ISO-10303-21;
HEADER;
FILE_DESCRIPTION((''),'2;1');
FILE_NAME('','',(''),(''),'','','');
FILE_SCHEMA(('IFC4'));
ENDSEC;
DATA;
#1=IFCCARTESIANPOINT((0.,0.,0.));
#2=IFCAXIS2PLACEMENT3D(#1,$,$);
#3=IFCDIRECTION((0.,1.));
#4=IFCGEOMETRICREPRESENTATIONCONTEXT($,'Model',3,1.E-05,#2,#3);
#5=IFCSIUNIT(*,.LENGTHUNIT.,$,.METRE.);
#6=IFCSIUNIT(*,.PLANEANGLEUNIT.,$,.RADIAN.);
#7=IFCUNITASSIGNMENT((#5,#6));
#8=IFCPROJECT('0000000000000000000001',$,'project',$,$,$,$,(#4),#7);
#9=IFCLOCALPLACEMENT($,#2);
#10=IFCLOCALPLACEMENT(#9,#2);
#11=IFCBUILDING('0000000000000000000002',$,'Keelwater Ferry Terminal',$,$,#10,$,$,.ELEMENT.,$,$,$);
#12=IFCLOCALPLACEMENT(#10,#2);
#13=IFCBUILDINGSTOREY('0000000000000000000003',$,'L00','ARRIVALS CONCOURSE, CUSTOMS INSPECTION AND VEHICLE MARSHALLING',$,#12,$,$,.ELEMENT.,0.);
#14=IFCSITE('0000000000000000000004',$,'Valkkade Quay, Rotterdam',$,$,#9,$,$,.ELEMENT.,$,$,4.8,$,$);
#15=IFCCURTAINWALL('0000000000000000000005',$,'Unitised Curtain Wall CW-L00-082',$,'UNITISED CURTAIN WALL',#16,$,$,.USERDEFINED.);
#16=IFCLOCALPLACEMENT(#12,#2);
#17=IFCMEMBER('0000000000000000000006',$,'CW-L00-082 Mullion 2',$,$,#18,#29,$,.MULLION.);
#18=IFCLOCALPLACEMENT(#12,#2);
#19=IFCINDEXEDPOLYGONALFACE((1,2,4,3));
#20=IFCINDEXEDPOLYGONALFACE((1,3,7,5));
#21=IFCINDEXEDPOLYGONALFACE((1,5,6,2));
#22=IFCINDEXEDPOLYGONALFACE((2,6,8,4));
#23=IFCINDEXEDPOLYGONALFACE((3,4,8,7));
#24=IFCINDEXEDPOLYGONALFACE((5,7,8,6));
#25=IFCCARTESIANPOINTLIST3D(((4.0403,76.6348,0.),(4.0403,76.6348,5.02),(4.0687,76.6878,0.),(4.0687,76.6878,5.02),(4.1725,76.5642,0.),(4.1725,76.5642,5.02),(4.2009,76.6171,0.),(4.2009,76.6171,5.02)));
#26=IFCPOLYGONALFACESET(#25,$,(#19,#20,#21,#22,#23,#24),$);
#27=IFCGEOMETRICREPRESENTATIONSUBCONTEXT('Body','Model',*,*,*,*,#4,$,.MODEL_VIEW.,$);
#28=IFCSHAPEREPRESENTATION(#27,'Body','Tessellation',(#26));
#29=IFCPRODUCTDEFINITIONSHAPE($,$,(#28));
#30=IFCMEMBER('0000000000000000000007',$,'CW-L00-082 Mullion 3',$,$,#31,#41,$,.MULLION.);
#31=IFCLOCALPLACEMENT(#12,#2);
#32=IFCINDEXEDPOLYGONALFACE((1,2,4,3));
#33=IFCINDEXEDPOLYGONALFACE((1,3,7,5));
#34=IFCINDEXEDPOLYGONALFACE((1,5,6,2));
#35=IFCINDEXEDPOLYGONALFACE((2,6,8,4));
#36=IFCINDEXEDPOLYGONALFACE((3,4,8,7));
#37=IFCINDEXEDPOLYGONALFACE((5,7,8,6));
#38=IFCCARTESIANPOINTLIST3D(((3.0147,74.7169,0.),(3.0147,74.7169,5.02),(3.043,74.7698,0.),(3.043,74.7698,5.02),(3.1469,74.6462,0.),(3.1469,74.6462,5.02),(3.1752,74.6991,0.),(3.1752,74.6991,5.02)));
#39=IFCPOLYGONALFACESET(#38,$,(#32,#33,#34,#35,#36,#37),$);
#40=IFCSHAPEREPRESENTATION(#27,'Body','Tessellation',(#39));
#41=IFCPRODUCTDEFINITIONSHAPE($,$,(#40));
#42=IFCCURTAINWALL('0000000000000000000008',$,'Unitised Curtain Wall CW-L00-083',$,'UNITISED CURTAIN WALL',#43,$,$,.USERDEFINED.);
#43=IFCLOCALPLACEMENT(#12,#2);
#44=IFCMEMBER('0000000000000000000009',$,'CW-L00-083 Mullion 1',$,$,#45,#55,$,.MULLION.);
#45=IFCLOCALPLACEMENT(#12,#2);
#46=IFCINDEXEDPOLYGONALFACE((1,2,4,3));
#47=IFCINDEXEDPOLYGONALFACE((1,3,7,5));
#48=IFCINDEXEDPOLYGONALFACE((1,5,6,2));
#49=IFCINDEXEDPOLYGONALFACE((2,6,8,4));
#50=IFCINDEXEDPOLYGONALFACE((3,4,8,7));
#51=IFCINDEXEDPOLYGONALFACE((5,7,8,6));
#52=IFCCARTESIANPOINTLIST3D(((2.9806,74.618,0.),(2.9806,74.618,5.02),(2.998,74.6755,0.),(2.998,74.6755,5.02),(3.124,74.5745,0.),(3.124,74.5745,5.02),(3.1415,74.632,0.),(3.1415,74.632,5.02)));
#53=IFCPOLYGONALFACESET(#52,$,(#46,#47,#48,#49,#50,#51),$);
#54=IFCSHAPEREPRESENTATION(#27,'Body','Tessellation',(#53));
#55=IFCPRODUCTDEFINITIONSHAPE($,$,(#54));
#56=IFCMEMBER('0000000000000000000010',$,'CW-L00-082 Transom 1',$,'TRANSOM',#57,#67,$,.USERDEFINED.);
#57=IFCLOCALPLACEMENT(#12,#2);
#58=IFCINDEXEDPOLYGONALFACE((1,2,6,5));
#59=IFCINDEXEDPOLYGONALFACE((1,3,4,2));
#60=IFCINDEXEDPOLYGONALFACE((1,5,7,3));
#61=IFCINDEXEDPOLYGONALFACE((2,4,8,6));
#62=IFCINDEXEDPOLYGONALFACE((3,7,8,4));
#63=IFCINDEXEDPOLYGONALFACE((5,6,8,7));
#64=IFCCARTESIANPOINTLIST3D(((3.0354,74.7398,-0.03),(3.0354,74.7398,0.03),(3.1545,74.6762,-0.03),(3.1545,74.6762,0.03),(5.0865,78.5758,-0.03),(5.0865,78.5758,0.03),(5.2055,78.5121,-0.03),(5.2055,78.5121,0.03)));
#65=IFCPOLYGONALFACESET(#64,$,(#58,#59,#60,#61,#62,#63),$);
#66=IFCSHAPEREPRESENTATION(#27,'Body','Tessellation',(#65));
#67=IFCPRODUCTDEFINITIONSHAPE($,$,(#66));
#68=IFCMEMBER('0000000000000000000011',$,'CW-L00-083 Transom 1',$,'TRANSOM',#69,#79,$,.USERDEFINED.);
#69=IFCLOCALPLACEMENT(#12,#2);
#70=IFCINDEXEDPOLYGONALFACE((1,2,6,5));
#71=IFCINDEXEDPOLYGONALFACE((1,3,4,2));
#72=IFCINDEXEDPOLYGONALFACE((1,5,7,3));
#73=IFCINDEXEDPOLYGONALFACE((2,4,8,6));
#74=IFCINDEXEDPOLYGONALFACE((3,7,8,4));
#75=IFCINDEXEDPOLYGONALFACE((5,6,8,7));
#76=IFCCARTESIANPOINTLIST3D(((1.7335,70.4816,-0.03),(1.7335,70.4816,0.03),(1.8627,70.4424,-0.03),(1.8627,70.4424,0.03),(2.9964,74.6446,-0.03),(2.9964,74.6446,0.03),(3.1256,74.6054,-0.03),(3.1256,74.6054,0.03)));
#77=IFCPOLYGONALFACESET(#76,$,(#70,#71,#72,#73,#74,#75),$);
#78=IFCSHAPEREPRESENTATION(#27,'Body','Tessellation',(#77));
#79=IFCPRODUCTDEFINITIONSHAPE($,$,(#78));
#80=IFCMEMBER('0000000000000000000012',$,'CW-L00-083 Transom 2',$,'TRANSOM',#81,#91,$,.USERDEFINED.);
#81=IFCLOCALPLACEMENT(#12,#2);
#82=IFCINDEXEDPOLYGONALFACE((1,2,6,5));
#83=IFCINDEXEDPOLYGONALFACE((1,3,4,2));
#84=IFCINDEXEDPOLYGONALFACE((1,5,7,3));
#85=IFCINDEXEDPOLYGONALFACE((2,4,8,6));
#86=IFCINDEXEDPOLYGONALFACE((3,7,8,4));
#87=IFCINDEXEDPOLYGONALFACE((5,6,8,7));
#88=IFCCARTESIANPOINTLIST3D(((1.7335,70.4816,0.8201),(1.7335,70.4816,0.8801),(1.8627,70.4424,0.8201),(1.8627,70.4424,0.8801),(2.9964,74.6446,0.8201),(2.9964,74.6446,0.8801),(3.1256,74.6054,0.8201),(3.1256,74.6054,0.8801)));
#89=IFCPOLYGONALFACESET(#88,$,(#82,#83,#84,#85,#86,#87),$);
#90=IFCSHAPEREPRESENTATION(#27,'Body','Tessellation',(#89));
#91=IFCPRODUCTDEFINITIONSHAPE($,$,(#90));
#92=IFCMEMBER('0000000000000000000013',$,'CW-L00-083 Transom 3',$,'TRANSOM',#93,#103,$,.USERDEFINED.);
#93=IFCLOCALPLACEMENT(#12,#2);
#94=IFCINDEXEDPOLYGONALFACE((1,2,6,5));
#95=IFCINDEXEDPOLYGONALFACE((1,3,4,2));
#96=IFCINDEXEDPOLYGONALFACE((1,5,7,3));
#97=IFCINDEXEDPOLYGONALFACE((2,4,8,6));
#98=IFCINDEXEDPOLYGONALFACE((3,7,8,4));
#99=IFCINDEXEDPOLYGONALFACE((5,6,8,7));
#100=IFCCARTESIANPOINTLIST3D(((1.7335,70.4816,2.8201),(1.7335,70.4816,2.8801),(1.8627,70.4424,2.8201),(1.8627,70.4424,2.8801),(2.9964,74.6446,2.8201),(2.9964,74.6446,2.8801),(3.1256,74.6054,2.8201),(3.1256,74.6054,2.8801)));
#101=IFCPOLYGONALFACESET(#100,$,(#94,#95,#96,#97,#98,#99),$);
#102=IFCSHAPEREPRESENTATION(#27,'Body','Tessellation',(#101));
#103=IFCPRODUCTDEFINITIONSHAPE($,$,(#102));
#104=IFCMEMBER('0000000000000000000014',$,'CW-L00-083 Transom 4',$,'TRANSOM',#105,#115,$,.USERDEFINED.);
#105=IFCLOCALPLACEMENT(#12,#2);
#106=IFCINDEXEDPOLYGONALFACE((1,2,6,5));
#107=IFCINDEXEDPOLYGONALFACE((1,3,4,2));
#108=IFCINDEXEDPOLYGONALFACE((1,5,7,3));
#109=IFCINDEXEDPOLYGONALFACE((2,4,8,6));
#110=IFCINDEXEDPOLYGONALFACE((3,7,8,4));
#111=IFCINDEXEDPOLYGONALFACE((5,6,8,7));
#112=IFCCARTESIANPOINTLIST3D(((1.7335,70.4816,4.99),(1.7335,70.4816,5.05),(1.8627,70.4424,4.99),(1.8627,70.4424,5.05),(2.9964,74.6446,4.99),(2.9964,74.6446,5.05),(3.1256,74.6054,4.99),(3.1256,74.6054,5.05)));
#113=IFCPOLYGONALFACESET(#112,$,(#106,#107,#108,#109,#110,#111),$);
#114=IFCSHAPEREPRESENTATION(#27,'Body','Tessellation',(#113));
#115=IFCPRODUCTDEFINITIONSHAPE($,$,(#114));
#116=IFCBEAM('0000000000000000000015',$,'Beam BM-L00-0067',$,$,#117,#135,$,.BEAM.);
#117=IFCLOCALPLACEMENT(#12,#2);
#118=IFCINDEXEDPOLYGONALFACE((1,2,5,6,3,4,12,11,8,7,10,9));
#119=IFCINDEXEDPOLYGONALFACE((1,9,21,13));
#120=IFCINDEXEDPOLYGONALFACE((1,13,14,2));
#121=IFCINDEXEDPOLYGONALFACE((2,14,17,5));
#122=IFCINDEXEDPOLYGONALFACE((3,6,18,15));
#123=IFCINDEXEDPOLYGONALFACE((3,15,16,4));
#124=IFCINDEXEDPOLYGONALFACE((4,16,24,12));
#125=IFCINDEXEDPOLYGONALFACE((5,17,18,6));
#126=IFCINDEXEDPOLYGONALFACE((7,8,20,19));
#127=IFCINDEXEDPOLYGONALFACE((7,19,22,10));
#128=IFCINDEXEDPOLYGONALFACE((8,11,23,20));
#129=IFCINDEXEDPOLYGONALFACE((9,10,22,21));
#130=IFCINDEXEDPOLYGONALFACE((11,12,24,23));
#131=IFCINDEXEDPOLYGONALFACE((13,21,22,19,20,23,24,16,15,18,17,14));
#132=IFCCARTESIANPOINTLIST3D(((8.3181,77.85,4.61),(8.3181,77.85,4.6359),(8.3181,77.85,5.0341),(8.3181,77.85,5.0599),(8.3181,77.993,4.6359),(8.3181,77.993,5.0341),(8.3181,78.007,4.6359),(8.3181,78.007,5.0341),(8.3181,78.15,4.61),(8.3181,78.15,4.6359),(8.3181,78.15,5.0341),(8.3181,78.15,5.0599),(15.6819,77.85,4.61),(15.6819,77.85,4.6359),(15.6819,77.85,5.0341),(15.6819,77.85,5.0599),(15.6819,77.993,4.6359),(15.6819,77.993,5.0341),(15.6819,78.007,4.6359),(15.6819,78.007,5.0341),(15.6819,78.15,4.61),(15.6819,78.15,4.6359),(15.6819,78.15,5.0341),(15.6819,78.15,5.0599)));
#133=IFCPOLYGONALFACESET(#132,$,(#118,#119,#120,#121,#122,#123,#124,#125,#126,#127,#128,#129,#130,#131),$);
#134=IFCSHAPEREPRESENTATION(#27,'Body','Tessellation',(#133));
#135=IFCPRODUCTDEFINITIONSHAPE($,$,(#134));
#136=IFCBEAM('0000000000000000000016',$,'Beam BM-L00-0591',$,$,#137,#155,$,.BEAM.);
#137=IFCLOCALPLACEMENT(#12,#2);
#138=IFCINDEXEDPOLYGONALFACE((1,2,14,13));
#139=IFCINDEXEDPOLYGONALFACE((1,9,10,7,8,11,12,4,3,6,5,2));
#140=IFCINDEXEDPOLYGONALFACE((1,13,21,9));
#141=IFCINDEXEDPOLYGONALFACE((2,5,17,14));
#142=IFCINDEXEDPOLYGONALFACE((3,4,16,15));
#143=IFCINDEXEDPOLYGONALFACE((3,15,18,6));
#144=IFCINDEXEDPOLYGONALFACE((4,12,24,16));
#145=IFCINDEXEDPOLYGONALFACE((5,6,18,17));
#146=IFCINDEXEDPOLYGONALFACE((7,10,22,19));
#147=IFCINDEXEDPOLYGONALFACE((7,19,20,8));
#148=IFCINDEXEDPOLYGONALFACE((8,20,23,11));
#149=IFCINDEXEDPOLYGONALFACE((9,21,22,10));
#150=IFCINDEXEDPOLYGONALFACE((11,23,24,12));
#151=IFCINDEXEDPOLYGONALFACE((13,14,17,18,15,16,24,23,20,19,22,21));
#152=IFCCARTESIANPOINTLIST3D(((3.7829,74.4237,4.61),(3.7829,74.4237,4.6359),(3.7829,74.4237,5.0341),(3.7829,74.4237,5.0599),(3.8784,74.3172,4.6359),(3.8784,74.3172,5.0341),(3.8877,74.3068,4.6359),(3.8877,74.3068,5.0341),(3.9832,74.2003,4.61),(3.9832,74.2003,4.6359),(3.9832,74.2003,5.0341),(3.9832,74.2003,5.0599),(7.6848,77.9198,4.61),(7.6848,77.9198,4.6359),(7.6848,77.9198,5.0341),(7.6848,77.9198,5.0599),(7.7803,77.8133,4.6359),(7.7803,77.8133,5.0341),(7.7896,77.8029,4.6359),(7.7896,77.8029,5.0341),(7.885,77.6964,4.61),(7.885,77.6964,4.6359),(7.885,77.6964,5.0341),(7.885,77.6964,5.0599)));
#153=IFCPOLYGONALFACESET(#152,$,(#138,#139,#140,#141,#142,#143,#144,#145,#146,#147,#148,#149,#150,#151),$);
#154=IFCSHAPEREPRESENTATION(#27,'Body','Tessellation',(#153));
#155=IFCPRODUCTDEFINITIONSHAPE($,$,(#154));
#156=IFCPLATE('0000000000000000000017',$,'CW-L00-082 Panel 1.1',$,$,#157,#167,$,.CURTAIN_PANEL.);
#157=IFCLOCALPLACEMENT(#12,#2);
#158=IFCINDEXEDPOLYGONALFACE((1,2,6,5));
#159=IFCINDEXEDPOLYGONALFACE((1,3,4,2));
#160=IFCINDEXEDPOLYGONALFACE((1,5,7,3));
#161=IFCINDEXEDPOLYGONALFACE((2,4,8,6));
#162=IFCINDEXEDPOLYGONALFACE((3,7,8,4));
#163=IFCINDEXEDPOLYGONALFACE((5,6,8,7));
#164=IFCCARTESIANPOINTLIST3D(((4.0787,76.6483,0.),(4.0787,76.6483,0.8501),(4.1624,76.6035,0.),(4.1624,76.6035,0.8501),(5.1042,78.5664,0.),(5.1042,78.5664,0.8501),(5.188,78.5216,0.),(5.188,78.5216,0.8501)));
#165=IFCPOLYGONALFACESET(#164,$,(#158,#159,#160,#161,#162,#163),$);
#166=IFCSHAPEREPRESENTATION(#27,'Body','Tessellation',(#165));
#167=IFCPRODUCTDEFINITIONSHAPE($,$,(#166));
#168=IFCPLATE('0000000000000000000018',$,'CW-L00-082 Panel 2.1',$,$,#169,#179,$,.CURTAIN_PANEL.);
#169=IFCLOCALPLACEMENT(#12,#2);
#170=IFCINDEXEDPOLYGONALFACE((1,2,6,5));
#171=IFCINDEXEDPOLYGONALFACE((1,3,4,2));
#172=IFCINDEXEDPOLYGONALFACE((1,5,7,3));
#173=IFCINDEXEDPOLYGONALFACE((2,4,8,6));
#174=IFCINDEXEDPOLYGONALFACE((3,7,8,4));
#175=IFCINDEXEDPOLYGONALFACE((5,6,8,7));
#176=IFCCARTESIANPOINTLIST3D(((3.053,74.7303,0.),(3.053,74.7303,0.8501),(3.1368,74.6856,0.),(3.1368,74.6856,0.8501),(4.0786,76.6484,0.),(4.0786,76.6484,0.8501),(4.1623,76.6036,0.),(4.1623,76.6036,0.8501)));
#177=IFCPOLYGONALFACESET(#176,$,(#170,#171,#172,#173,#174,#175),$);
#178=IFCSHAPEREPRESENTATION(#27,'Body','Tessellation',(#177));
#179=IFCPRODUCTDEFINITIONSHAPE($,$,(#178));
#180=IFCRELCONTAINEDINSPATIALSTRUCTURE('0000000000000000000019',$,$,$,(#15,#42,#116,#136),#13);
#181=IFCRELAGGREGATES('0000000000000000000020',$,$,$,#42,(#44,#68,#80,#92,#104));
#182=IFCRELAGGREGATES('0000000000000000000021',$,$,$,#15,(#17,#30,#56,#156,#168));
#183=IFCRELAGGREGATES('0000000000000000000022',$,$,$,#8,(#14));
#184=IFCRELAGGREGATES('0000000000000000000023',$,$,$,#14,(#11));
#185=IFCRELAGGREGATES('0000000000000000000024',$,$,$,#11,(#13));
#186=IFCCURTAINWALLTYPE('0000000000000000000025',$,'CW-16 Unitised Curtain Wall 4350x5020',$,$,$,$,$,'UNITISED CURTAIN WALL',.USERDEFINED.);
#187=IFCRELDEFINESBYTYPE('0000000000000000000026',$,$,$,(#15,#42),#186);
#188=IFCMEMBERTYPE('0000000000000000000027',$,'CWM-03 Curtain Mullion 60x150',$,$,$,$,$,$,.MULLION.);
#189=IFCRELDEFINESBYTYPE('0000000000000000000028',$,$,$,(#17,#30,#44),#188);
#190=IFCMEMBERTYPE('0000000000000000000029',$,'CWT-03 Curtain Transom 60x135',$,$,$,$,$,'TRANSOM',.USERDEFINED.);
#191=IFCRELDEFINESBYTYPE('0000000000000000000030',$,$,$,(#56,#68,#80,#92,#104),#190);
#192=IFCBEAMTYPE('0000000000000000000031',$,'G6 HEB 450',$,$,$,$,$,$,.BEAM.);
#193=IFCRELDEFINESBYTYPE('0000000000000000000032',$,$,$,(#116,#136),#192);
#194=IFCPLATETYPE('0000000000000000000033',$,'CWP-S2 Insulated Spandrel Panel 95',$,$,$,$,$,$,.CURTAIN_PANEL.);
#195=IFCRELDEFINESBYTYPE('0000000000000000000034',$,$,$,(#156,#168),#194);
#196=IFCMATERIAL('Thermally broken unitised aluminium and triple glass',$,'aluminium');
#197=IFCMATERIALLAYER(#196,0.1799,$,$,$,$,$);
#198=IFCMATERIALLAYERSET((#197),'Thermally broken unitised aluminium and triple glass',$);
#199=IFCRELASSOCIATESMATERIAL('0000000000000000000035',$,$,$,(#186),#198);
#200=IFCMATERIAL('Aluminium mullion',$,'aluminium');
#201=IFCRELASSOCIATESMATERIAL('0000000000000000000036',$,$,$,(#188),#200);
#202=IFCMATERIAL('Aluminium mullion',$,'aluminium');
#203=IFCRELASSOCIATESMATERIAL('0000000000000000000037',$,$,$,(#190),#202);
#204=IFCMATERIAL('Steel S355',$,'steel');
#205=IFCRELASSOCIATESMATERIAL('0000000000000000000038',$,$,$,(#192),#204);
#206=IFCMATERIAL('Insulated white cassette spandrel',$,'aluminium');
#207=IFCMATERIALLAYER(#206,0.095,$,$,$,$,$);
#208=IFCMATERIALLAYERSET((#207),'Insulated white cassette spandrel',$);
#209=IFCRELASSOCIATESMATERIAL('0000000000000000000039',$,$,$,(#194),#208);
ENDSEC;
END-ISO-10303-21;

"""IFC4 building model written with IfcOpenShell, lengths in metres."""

from ifc_helpers import new_model, si_unit, direction, frame, origin, origin_2d, place, context, subcontext, project, spatial, rectangle, i_section, extrude, material, layer, layer_set, material_profile, profile_set, type_object, element, aggregate, save


model = new_model("IFC4")

# Units and contexts
model_context = context("Model", 3, precision=1e-05, world=origin(), true_north=direction((0.0, 1.0)))
body_context = subcontext(model_context, "Body", "Model", "MODEL_VIEW")
ifc_project = project(units=[si_unit("LENGTHUNIT", "METRE"), si_unit("PLANEANGLEUNIT", "RADIAN")], contexts=[model_context])

# Site, building, storey
site_placement = place(None, origin())
site = spatial("IfcSite", under=ifc_project, at=site_placement, Name="Valkkade Quay, Rotterdam", CompositionType="ELEMENT", RefElevation=4.8)
building_placement = place(site_placement, origin())
building = spatial("IfcBuilding", under=site, at=building_placement, Name="Keelwater Ferry Terminal", CompositionType="ELEMENT")
storey_placement = place(building_placement, origin())
storey = spatial("IfcBuildingStorey", under=building, at=storey_placement, Name="L00", Description="ARRIVALS CONCOURSE, CUSTOMS INSPECTION AND VEHICLE MARSHALLING", CompositionType="ELEMENT", Elevation=0.0)

# Curtain wall, members
ifc_material_1 = material(Name="Thermally broken unitised aluminium and triple glass", Category="aluminium")
ifc_layer_1 = layer(ifc_material_1, 0.1799)
ifc_layer_set_1 = layer_set([ifc_layer_1], Name="Thermally broken unitised aluminium and triple glass")
curtain_wall_type = type_object("IfcCurtainWallType", Name="CW-16 Unitised Curtain Wall 4350x5020", ElementType="UNITISED CURTAIN WALL", PredefinedType="USERDEFINED", material=ifc_layer_set_1)
curtain_wall_1_placement = place(storey_placement, origin())
curtain_wall_1 = element("IfcCurtainWall", 1, at=curtain_wall_1_placement, inside=storey, type_object=curtain_wall_type, Name="Unitised Curtain Wall CW-L00-082", ObjectType="UNITISED CURTAIN WALL", PredefinedType="USERDEFINED")
ifc_material_2 = material(Name="Aluminium mullion", Category="aluminium")
ifc_material_profile_1 = material_profile(ifc_material_2, rectangle(XDim=0.0601, YDim=0.1499, at=origin_2d()), Name="CWM-03")
ifc_profile_set_1 = profile_set([ifc_material_profile_1], Name="Aluminium mullion")
member_type_1 = type_object("IfcMemberType", Name="CWM-03 Curtain Mullion 60x150", PredefinedType="MULLION", material=ifc_profile_set_1)
member_1_placement = place(storey_placement, frame((4.1206, 76.626, 0.0), z_axis=(0.0, 0.0, 1.0), x_axis=(-0.471507, -0.881862, 0.0)))
member_1 = element("IfcMember", 2, at=member_1_placement, type_object=member_type_1, Name="CW-L00-082 Mullion 2", PredefinedType="MULLION", context=body_context, shape_type="SweptSolid", body=[
    extrude(rectangle(XDim=0.0601, YDim=0.1499, at=origin_2d()), origin(), (0.0, 0.0, 1.0), 5.02),
])
member_2_placement = place(storey_placement, frame((3.095, 74.708, 0.0), z_axis=(0.0, 0.0, 1.0), x_axis=(-0.471507, -0.881862, 0.0)))
member_2 = element("IfcMember", 3, at=member_2_placement, type_object=member_type_1, Name="CW-L00-082 Mullion 3", PredefinedType="MULLION", context=body_context, shape_type="SweptSolid", body=[
    extrude(rectangle(XDim=0.0601, YDim=0.1499, at=origin_2d()), origin(), (0.0, 0.0, 1.0), 5.02),
])

# Curtain wall, member
curtain_wall_2_placement = place(storey_placement, origin())
curtain_wall_2 = element("IfcCurtainWall", 4, at=curtain_wall_2_placement, inside=storey, type_object=curtain_wall_type, Name="Unitised Curtain Wall CW-L00-083", ObjectType="UNITISED CURTAIN WALL", PredefinedType="USERDEFINED")
member_3_placement = place(storey_placement, frame((3.061, 74.625, 0.0), z_axis=(0.0, 0.0, 1.0), x_axis=(-0.29032, -0.95693, 0.0)))
member_3 = element("IfcMember", 5, at=member_3_placement, type_object=member_type_1, Name="CW-L00-083 Mullion 1", PredefinedType="MULLION", context=body_context, shape_type="SweptSolid", body=[
    extrude(rectangle(XDim=0.0601, YDim=0.1499, at=origin_2d()), origin(), (0.0, 0.0, 1.0), 5.02),
])

# Members
ifc_material_3 = material(Name="Aluminium mullion", Category="aluminium")
ifc_material_profile_2 = material_profile(ifc_material_3, rectangle(XDim=0.135, YDim=0.0601, at=origin_2d()), Name="CWT-03")
ifc_profile_set_2 = profile_set([ifc_material_profile_2], Name="Aluminium mullion")
member_type_2 = type_object("IfcMemberType", Name="CWT-03 Curtain Transom 60x135", ElementType="TRANSOM", PredefinedType="USERDEFINED", material=ifc_profile_set_2)
member_4_placement = place(storey_placement, frame((5.146, 78.5439, 0.0), z_axis=(-0.471517, -0.881857, 0.0), x_axis=(0.881857, -0.471517, 0.0)))
member_4 = element("IfcMember", 6, at=member_4_placement, type_object=member_type_2, Name="CW-L00-082 Transom 1", ObjectType="TRANSOM", PredefinedType="USERDEFINED", context=body_context, shape_type="SweptSolid", body=[
    extrude(rectangle(XDim=0.135, YDim=0.0601, at=origin_2d()), origin(), (0.0, 0.0, 1.0), 4.3499),
])
member_5_placement = place(storey_placement, frame((3.061, 74.625, 0.0), z_axis=(-0.290302, -0.956935, 0.0), x_axis=(0.956935, -0.290302, 0.0)))
member_5 = element("IfcMember", 7, at=member_5_placement, type_object=member_type_2, Name="CW-L00-083 Transom 1", ObjectType="TRANSOM", PredefinedType="USERDEFINED", context=body_context, shape_type="SweptSolid", body=[
    extrude(rectangle(XDim=0.135, YDim=0.0601, at=origin_2d()), origin(), (0.0, 0.0, 1.0), 4.3503),
])
member_6_placement = place(storey_placement, frame((3.061, 74.625, 0.8501), z_axis=(-0.290302, -0.956935, 0.0), x_axis=(0.956935, -0.290302, 0.0)))
member_6 = element("IfcMember", 8, at=member_6_placement, type_object=member_type_2, Name="CW-L00-083 Transom 2", ObjectType="TRANSOM", PredefinedType="USERDEFINED", context=body_context, shape_type="SweptSolid", body=[
    extrude(rectangle(XDim=0.135, YDim=0.0601, at=origin_2d()), origin(), (0.0, 0.0, 1.0), 4.3503),
])
member_7_placement = place(storey_placement, frame((3.061, 74.625, 2.8501), z_axis=(-0.290302, -0.956935, 0.0), x_axis=(0.956935, -0.290302, 0.0)))
member_7 = element("IfcMember", 9, at=member_7_placement, type_object=member_type_2, Name="CW-L00-083 Transom 3", ObjectType="TRANSOM", PredefinedType="USERDEFINED", context=body_context, shape_type="SweptSolid", body=[
    extrude(rectangle(XDim=0.135, YDim=0.0601, at=origin_2d()), origin(), (0.0, 0.0, 1.0), 4.3503),
])
member_8_placement = place(storey_placement, frame((3.061, 74.625, 5.02), z_axis=(-0.290302, -0.956935, 0.0), x_axis=(0.956935, -0.290302, 0.0)))
member_8 = element("IfcMember", 10, at=member_8_placement, type_object=member_type_2, Name="CW-L00-083 Transom 4", ObjectType="TRANSOM", PredefinedType="USERDEFINED", context=body_context, shape_type="SweptSolid", body=[
    extrude(rectangle(XDim=0.135, YDim=0.0601, at=origin_2d()), origin(), (0.0, 0.0, 1.0), 4.3503),
])
aggregate(curtain_wall_2, [member_3, member_5, member_6, member_7, member_8])

# Beams
ifc_material_4 = material(Name="Steel S355", Category="steel")
ifc_material_profile_3 = material_profile(ifc_material_4, i_section(OverallWidth=0.3, OverallDepth=0.45, WebThickness=0.0139, FlangeThickness=0.0259, at=origin_2d()), Name="HEB 450")
ifc_profile_set_3 = profile_set([ifc_material_profile_3], Name="Steel S355")
beam_type = type_object("IfcBeamType", Name="G6 HEB 450", PredefinedType="BEAM", material=ifc_profile_set_3)
beam_1_placement = place(storey_placement, frame((8.3181, 78.0, 4.835), z_axis=(1.0, 0.0, 0.0), x_axis=(0.0, 1.0, 0.0)))
element("IfcBeam", 11, at=beam_1_placement, inside=storey, type_object=beam_type, Name="Beam BM-L00-0067", PredefinedType="BEAM", context=body_context, shape_type="SweptSolid", body=[
    extrude(i_section(OverallWidth=0.3, OverallDepth=0.45, WebThickness=0.0139, FlangeThickness=0.0259, at=origin_2d()), origin(), (0.0, 0.0, 1.0), 7.3638),
])
beam_2_placement = place(storey_placement, frame((3.8831, 74.312, 4.835), z_axis=(0.744771, 0.66732, 0.0), x_axis=(-0.66732, 0.744771, 0.0)))
element("IfcBeam", 12, at=beam_2_placement, inside=storey, type_object=beam_type, Name="Beam BM-L00-0591", PredefinedType="BEAM", context=body_context, shape_type="SweptSolid", body=[
    extrude(i_section(OverallWidth=0.3, OverallDepth=0.45, WebThickness=0.0139, FlangeThickness=0.0259, at=origin_2d()), origin(), (0.0, 0.0, 1.0), 5.239),
])

# Plates
ifc_material_5 = material(Name="Insulated white cassette spandrel", Category="aluminium")
ifc_layer_2 = layer(ifc_material_5, 0.095)
ifc_layer_set_2 = layer_set([ifc_layer_2], Name="Insulated white cassette spandrel")
plate_type_1 = type_object("IfcPlateType", Name="CWP-S2 Insulated Spandrel Panel 95", PredefinedType="CURTAIN_PANEL", material=ifc_layer_set_2)
plate_1_placement = place(storey_placement, frame((4.6333, 77.585, 0.0), z_axis=(0.0, 0.0, 1.0), x_axis=(-0.471507, -0.881862, 0.0)))
plate_1 = element("IfcPlate", 13, at=plate_1_placement, type_object=plate_type_1, Name="CW-L00-082 Panel 1.1", PredefinedType="CURTAIN_PANEL", context=body_context, shape_type="SweptSolid", body=[
    extrude(rectangle(XDim=2.175, YDim=0.095, at=origin_2d()), origin(), (0.0, 0.0, 1.0), 0.8501),
])
plate_2_placement = place(storey_placement, frame((3.6077, 75.667, 0.0), z_axis=(0.0, 0.0, 1.0), x_axis=(-0.471507, -0.881862, 0.0)))
plate_2 = element("IfcPlate", 14, at=plate_2_placement, type_object=plate_type_1, Name="CW-L00-082 Panel 2.1", PredefinedType="CURTAIN_PANEL", context=body_context, shape_type="SweptSolid", body=[
    extrude(rectangle(XDim=2.175, YDim=0.095, at=origin_2d()), origin(), (0.0, 0.0, 1.0), 0.8501),
])
aggregate(curtain_wall_1, [member_1, member_2, member_4, plate_1, plate_2])

save(model, "model.ifc")
